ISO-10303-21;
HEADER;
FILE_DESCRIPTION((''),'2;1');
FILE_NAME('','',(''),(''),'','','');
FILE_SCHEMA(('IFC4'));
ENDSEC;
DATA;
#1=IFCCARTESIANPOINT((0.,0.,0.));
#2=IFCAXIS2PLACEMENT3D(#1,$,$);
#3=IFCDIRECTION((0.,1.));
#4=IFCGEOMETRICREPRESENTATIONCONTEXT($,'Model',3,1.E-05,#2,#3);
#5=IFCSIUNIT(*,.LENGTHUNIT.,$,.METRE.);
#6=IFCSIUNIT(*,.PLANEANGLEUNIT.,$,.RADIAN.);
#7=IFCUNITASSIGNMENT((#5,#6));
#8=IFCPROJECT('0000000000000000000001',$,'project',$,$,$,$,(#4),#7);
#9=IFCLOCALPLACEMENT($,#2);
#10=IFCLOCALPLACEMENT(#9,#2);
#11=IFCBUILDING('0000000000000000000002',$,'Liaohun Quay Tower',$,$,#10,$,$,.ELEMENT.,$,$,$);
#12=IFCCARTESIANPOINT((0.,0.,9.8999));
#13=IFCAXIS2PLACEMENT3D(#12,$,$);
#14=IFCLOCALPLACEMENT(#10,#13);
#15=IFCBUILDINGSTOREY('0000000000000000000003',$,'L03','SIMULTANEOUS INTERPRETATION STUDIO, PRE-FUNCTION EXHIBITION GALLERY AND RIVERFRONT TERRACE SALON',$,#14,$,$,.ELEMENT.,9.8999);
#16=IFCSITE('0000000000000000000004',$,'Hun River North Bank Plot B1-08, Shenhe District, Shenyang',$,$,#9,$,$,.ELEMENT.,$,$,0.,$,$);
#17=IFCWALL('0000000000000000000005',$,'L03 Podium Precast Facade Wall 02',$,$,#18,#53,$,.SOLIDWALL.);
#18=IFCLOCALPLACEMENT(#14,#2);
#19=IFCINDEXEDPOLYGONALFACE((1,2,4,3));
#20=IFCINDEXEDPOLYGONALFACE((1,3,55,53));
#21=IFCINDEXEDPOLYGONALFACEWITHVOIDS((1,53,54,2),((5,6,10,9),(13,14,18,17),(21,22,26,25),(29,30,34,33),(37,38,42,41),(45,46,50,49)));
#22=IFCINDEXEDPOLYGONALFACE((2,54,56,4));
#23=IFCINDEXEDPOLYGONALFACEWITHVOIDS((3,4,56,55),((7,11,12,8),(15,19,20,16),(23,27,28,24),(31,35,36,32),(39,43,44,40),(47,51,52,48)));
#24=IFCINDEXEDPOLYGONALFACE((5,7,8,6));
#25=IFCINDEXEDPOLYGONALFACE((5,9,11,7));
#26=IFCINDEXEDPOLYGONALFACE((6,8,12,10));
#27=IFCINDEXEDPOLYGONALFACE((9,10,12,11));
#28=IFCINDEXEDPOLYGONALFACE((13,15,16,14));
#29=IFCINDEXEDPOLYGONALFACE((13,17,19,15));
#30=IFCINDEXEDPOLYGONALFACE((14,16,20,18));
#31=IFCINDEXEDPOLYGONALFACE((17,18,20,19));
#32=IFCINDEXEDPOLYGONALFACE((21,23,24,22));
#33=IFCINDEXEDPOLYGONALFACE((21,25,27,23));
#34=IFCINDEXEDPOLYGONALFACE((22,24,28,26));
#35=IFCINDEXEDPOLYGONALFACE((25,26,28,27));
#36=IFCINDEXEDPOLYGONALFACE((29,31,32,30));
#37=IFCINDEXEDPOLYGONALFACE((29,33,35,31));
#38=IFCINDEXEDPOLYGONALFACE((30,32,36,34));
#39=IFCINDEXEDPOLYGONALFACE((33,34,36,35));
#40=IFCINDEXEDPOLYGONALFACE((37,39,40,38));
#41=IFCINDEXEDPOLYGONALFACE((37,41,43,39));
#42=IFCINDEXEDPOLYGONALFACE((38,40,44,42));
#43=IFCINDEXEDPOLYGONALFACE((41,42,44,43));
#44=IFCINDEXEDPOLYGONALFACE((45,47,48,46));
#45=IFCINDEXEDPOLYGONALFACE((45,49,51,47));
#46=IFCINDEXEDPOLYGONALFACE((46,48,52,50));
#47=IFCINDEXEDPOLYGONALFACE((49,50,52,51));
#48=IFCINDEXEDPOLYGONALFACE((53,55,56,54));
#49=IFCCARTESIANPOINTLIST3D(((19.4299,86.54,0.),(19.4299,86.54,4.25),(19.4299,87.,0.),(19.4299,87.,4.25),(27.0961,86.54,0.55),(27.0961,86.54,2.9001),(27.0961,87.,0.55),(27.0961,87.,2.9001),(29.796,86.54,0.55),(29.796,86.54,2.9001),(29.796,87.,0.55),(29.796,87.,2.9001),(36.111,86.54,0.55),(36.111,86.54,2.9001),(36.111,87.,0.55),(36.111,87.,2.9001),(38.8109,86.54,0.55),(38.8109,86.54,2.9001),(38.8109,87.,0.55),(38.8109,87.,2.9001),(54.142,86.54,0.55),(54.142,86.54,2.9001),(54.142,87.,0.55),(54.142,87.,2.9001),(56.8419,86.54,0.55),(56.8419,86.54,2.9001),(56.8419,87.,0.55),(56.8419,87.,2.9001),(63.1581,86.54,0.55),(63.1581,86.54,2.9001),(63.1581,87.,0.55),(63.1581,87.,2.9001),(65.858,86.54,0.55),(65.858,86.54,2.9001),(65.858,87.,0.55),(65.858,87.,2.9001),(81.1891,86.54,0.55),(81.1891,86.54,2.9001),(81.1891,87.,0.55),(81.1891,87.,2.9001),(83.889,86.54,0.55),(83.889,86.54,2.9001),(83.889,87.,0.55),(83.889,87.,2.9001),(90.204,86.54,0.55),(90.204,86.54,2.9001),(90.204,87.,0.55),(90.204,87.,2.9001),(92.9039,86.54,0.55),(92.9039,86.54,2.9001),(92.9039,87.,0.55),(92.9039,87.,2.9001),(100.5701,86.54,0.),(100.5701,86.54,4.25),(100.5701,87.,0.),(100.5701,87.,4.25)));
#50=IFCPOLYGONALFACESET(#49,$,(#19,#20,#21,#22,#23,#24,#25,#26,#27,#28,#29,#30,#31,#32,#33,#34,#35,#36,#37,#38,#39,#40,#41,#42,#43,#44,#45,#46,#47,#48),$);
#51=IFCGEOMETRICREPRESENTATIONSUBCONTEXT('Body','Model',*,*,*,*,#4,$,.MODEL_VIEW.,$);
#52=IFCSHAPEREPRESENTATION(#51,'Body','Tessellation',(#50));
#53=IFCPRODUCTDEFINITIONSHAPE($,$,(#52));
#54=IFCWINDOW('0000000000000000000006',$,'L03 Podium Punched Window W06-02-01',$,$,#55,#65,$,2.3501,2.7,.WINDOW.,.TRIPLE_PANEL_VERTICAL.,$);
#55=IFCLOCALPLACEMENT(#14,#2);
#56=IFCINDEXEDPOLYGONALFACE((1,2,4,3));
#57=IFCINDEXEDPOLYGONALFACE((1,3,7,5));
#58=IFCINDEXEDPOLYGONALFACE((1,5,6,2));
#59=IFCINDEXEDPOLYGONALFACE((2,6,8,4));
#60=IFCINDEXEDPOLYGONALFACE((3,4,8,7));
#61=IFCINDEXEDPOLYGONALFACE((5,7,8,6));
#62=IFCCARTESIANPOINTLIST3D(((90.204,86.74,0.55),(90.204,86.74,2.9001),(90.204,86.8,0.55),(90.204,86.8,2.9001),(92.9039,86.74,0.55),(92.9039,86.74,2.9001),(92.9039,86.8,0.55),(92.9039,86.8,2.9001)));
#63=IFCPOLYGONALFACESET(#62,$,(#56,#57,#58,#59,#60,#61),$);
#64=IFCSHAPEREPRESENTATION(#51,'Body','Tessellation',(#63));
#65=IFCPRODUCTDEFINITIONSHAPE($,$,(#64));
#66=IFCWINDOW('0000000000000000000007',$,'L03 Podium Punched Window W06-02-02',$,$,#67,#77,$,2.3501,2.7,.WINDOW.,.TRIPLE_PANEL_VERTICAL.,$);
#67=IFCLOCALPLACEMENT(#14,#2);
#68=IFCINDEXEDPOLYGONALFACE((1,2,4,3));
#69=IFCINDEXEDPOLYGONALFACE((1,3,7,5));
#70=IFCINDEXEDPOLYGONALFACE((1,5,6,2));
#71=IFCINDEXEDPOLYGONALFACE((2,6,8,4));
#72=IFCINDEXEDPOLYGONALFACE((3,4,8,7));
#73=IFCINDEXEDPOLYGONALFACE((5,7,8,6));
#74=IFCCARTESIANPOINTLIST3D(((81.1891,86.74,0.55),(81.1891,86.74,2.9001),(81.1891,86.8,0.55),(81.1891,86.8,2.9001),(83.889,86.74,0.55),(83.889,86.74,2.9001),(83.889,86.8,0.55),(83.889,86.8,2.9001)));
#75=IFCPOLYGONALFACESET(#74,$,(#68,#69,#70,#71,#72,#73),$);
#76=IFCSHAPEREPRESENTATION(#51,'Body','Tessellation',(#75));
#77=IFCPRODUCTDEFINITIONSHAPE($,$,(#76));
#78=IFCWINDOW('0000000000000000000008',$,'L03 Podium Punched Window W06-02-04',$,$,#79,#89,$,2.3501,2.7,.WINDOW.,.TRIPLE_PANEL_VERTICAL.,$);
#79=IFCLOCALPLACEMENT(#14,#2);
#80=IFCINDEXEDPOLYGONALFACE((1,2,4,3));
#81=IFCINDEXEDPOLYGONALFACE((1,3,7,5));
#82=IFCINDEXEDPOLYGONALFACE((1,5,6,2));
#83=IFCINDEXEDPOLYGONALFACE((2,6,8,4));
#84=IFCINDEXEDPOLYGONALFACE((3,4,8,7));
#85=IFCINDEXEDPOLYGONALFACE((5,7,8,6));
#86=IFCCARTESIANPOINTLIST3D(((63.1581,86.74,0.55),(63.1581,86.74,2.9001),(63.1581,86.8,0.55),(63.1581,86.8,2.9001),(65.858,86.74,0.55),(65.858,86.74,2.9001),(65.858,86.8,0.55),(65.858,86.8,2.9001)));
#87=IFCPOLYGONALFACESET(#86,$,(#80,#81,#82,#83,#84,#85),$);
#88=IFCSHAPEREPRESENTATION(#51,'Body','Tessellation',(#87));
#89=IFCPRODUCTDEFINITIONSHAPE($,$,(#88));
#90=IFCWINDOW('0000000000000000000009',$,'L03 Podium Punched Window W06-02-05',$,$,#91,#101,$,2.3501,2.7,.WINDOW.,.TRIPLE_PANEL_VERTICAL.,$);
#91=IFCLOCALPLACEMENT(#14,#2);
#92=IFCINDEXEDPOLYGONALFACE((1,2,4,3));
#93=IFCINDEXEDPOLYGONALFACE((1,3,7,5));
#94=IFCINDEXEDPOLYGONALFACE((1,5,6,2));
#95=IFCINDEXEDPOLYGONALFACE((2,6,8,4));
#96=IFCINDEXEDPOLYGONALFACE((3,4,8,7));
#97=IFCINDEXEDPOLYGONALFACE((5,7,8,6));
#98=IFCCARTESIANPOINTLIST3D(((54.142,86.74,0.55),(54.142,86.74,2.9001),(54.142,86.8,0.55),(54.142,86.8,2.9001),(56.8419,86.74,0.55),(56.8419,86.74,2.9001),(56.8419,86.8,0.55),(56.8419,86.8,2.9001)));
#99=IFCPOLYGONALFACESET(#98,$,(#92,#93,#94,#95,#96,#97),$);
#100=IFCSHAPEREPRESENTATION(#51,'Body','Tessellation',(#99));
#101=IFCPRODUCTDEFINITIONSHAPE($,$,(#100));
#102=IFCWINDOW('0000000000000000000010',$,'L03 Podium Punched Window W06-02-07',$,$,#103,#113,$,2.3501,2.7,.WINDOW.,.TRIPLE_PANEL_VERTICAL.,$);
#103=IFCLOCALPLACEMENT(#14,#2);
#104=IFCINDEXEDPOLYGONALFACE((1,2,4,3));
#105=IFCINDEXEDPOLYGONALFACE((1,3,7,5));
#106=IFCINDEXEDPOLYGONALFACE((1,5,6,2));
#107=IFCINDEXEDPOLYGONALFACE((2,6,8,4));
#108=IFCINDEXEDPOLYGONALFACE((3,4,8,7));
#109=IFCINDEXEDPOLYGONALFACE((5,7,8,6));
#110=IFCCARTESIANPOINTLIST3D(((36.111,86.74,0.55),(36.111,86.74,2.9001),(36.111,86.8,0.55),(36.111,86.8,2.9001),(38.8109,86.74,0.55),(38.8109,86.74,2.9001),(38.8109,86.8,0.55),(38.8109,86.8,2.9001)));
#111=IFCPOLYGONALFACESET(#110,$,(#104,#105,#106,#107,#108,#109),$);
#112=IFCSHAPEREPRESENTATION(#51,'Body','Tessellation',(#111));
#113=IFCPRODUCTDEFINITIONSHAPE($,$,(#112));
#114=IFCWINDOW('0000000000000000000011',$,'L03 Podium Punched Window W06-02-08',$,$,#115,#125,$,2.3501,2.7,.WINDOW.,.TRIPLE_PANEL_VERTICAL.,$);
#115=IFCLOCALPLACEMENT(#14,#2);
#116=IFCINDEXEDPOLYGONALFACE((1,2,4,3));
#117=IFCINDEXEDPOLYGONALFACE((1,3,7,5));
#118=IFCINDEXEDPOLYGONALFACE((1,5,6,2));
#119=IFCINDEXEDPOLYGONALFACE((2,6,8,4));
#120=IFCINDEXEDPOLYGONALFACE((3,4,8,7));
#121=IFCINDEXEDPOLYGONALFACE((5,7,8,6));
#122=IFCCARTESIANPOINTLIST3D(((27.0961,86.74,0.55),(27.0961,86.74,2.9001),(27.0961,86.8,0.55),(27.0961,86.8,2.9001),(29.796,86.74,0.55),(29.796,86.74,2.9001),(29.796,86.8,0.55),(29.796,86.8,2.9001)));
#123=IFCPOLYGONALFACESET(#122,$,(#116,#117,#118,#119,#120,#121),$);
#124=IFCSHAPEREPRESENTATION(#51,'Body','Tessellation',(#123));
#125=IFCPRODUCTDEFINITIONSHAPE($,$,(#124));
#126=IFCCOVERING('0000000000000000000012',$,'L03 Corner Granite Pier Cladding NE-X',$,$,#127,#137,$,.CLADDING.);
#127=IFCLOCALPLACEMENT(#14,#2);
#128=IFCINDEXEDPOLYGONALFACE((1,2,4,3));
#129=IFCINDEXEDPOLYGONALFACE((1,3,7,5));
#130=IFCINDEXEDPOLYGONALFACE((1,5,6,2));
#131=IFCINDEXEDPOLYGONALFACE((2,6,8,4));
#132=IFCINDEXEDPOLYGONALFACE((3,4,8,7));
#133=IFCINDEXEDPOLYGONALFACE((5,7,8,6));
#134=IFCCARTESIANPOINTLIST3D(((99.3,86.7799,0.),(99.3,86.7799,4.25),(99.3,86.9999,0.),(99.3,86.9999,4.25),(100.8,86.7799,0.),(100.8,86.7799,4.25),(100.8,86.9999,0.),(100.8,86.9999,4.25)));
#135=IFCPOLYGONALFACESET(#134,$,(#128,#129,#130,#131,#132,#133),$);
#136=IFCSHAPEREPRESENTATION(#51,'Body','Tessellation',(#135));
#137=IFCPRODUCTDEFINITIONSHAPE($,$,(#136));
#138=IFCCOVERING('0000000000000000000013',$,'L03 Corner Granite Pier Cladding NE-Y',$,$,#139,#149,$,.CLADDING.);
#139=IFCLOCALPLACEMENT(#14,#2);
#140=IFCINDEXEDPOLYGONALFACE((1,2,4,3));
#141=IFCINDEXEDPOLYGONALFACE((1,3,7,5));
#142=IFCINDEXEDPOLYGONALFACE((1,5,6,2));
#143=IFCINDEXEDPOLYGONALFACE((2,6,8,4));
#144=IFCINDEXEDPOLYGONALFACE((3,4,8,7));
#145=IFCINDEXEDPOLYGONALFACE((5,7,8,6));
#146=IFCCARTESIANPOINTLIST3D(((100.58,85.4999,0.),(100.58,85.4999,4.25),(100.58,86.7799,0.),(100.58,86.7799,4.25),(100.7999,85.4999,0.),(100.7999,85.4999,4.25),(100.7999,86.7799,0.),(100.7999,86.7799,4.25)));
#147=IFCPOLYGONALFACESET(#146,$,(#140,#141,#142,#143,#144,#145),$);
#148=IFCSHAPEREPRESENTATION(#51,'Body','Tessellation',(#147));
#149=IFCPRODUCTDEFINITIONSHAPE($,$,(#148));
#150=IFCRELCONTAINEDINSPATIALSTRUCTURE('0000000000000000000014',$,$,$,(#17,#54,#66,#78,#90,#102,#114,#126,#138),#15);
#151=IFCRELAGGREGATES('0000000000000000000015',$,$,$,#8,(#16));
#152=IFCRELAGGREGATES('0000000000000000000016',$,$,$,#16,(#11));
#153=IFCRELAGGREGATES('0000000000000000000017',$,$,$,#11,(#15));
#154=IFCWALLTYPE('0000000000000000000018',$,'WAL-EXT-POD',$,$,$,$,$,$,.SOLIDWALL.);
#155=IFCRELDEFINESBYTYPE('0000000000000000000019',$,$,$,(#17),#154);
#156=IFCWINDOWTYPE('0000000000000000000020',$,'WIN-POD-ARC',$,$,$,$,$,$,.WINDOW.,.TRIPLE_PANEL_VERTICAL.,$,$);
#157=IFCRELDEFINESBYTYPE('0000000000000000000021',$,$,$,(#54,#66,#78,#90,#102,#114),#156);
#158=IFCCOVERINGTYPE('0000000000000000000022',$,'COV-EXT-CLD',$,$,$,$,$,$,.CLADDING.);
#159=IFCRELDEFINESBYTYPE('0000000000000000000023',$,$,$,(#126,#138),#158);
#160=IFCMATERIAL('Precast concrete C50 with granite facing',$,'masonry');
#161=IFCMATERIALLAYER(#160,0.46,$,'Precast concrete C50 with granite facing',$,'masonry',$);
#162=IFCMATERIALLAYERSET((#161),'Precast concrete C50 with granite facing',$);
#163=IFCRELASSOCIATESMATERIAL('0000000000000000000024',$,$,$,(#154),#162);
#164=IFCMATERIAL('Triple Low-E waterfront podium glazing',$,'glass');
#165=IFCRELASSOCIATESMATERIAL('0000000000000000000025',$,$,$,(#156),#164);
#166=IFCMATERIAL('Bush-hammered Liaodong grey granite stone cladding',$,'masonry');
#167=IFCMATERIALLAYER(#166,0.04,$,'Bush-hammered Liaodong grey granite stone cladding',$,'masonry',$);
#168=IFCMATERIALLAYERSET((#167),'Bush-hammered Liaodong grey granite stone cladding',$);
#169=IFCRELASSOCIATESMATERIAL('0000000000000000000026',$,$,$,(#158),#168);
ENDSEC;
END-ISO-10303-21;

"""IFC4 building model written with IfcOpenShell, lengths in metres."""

from ifc_helpers import new_model, si_unit, direction, frame, frame_2d, origin, origin_2d, place, context, subcontext, project, spatial, rectangle, extrude, source, transform, mapped, material, layer, layer_set, type_object, element, fill, save


model = new_model("IFC4")

# Units and contexts
model_context = context("Model", 3, precision=1e-05, world=origin(), true_north=direction((0.0, 1.0)))
body_context = subcontext(model_context, "Body", "Model", "MODEL_VIEW")
ifc_project = project(units=[si_unit("LENGTHUNIT", "METRE"), si_unit("PLANEANGLEUNIT", "RADIAN")], contexts=[model_context])

# Site, building, storey
site_placement = place(None, origin())
site = spatial("IfcSite", under=ifc_project, at=site_placement, Name="Hun River North Bank Plot B1-08, Shenhe District, Shenyang", CompositionType="ELEMENT", RefElevation=0.0)
building_placement = place(site_placement, origin())
building = spatial("IfcBuilding", under=site, at=building_placement, Name="Liaohun Quay Tower", CompositionType="ELEMENT")
storey_placement = place(building_placement, frame((0.0, 0.0, 9.8999)))
storey = spatial("IfcBuildingStorey", under=building, at=storey_placement, Name="L03", Description="SIMULTANEOUS INTERPRETATION STUDIO, PRE-FUNCTION EXHIBITION GALLERY AND RIVERFRONT TERRACE SALON", CompositionType="ELEMENT", Elevation=9.8999)

# Wall, openings, windows
ifc_material_1 = material(Name="Precast concrete C50 with granite facing", Category="masonry")
ifc_layer_1 = layer(ifc_material_1, 0.46, Name="Precast concrete C50 with granite facing", Category="masonry")
ifc_layer_set_1 = layer_set([ifc_layer_1], Name="Precast concrete C50 with granite facing")
wall_type = type_object("IfcWallType", Name="WAL-EXT-POD", PredefinedType="SOLIDWALL", material=ifc_layer_set_1)
wall_placement = place(storey_placement, frame((100.5701, 86.77, 0.0), z_axis=(0.0, 0.0, 1.0), x_axis=(-1.0, 0.0, 0.0)))
wall = element("IfcWall", 1, at=wall_placement, inside=storey, type_object=wall_type, Name="L03 Podium Precast Facade Wall 02", PredefinedType="SOLIDWALL", context=body_context, shape_type="SweptSolid", body=[
    extrude(rectangle(XDim=81.1401, YDim=0.46, at=frame_2d((40.5701, 0.0))), origin(), (0.0, 0.0, 1.0), 4.25),
])
shared_shape_1 = source(origin(), body_context, "Body", "SweptSolid", [
    extrude(rectangle(XDim=2.7, YDim=2.3501, at=frame_2d((1.3501, 1.175))), frame((0.0, 0.24, 0.0), z_axis=(0.0, -1.0, 0.0), x_axis=(1.0, 0.0, 0.0)), (0.0, 0.0, 1.0), 0.48),
])
opening_1_placement = place(wall_placement, frame((7.666, 0.0, 0.55)))
opening_1 = element("IfcOpeningElement", 2, at=opening_1_placement, cuts=wall, PredefinedType="OPENING", context=body_context, shape_type="MappedRepresentation", body=[
    mapped(shared_shape_1, transform((0.0, 0.0, 0.0), x_axis=(1.0, 0.0, 0.0), y_axis=(0.0, 1.0, 0.0), z_axis=(0.0, 0.0, 1.0), scale=1.0)),
])
opening_2_placement = place(wall_placement, frame((16.6809, 0.0, 0.55)))
opening_2 = element("IfcOpeningElement", 3, at=opening_2_placement, cuts=wall, PredefinedType="OPENING", context=body_context, shape_type="MappedRepresentation", body=[
    mapped(shared_shape_1, transform((0.0, 0.0, 0.0), x_axis=(1.0, 0.0, 0.0), y_axis=(0.0, 1.0, 0.0), z_axis=(0.0, 0.0, 1.0), scale=1.0)),
])
opening_3_placement = place(wall_placement, frame((34.7119, 0.0, 0.55)))
opening_3 = element("IfcOpeningElement", 4, at=opening_3_placement, cuts=wall, PredefinedType="OPENING", context=body_context, shape_type="MappedRepresentation", body=[
    mapped(shared_shape_1, transform((0.0, 0.0, 0.0), x_axis=(1.0, 0.0, 0.0), y_axis=(0.0, 1.0, 0.0), z_axis=(0.0, 0.0, 1.0), scale=1.0)),
])
opening_4_placement = place(wall_placement, frame((43.728, 0.0, 0.55)))
opening_4 = element("IfcOpeningElement", 5, at=opening_4_placement, cuts=wall, PredefinedType="OPENING", context=body_context, shape_type="MappedRepresentation", body=[
    mapped(shared_shape_1, transform((0.0, 0.0, 0.0), x_axis=(1.0, 0.0, 0.0), y_axis=(0.0, 1.0, 0.0), z_axis=(0.0, 0.0, 1.0), scale=1.0)),
])
opening_5_placement = place(wall_placement, frame((61.759, 0.0, 0.55)))
opening_5 = element("IfcOpeningElement", 6, at=opening_5_placement, cuts=wall, PredefinedType="OPENING", context=body_context, shape_type="MappedRepresentation", body=[
    mapped(shared_shape_1, transform((0.0, 0.0, 0.0), x_axis=(1.0, 0.0, 0.0), y_axis=(0.0, 1.0, 0.0), z_axis=(0.0, 0.0, 1.0), scale=1.0)),
])
opening_6_placement = place(wall_placement, frame((70.7739, 0.0, 0.55)))
opening_6 = element("IfcOpeningElement", 7, at=opening_6_placement, cuts=wall, PredefinedType="OPENING", context=body_context, shape_type="MappedRepresentation", body=[
    mapped(shared_shape_1, transform((0.0, 0.0, 0.0), x_axis=(1.0, 0.0, 0.0), y_axis=(0.0, 1.0, 0.0), z_axis=(0.0, 0.0, 1.0), scale=1.0)),
])
ifc_material_2 = material(Name="Triple Low-E waterfront podium glazing", Category="glass")
window_type = type_object("IfcWindowType", Name="WIN-POD-ARC", PartitioningType="TRIPLE_PANEL_VERTICAL", PredefinedType="WINDOW", material=ifc_material_2)
shared_shape_2 = source(origin(), body_context, "Body", "SweptSolid", [
    extrude(rectangle(XDim=2.7, YDim=2.3501, at=frame_2d((1.3501, 1.175))), frame((0.0, 0.03, 0.0), z_axis=(0.0, -1.0, 0.0), x_axis=(1.0, 0.0, 0.0)), (0.0, 0.0, 1.0), 0.0601),
])
window_1_placement = place(opening_1_placement, origin())
window_1 = element("IfcWindow", 8, at=window_1_placement, inside=storey, type_object=window_type, Name="L03 Podium Punched Window W06-02-01", OverallHeight=2.3501, OverallWidth=2.7, PartitioningType="TRIPLE_PANEL_VERTICAL", PredefinedType="WINDOW", context=body_context, shape_type="MappedRepresentation", body=[
    mapped(shared_shape_2, transform((0.0, 0.0, 0.0), x_axis=(1.0, 0.0, 0.0), y_axis=(0.0, 1.0, 0.0), z_axis=(0.0, 0.0, 1.0), scale=1.0)),
])
fill(opening_1, window_1)
window_2_placement = place(opening_2_placement, origin())
window_2 = element("IfcWindow", 9, at=window_2_placement, inside=storey, type_object=window_type, Name="L03 Podium Punched Window W06-02-02", OverallHeight=2.3501, OverallWidth=2.7, PartitioningType="TRIPLE_PANEL_VERTICAL", PredefinedType="WINDOW", context=body_context, shape_type="MappedRepresentation", body=[
    mapped(shared_shape_2, transform((0.0, 0.0, 0.0), x_axis=(1.0, 0.0, 0.0), y_axis=(0.0, 1.0, 0.0), z_axis=(0.0, 0.0, 1.0), scale=1.0)),
])
fill(opening_2, window_2)
window_3_placement = place(opening_3_placement, origin())
window_3 = element("IfcWindow", 10, at=window_3_placement, inside=storey, type_object=window_type, Name="L03 Podium Punched Window W06-02-04", OverallHeight=2.3501, OverallWidth=2.7, PartitioningType="TRIPLE_PANEL_VERTICAL", PredefinedType="WINDOW", context=body_context, shape_type="MappedRepresentation", body=[
    mapped(shared_shape_2, transform((0.0, 0.0, 0.0), x_axis=(1.0, 0.0, 0.0), y_axis=(0.0, 1.0, 0.0), z_axis=(0.0, 0.0, 1.0), scale=1.0)),
])
fill(opening_3, window_3)
window_4_placement = place(opening_4_placement, origin())
window_4 = element("IfcWindow", 11, at=window_4_placement, inside=storey, type_object=window_type, Name="L03 Podium Punched Window W06-02-05", OverallHeight=2.3501, OverallWidth=2.7, PartitioningType="TRIPLE_PANEL_VERTICAL", PredefinedType="WINDOW", context=body_context, shape_type="MappedRepresentation", body=[
    mapped(shared_shape_2, transform((0.0, 0.0, 0.0), x_axis=(1.0, 0.0, 0.0), y_axis=(0.0, 1.0, 0.0), z_axis=(0.0, 0.0, 1.0), scale=1.0)),
])
fill(opening_4, window_4)
window_5_placement = place(opening_5_placement, origin())
window_5 = element("IfcWindow", 12, at=window_5_placement, inside=storey, type_object=window_type, Name="L03 Podium Punched Window W06-02-07", OverallHeight=2.3501, OverallWidth=2.7, PartitioningType="TRIPLE_PANEL_VERTICAL", PredefinedType="WINDOW", context=body_context, shape_type="MappedRepresentation", body=[
    mapped(shared_shape_2, transform((0.0, 0.0, 0.0), x_axis=(1.0, 0.0, 0.0), y_axis=(0.0, 1.0, 0.0), z_axis=(0.0, 0.0, 1.0), scale=1.0)),
])
fill(opening_5, window_5)
window_6_placement = place(opening_6_placement, origin())
window_6 = element("IfcWindow", 13, at=window_6_placement, inside=storey, type_object=window_type, Name="L03 Podium Punched Window W06-02-08", OverallHeight=2.3501, OverallWidth=2.7, PartitioningType="TRIPLE_PANEL_VERTICAL", PredefinedType="WINDOW", context=body_context, shape_type="MappedRepresentation", body=[
    mapped(shared_shape_2, transform((0.0, 0.0, 0.0), x_axis=(1.0, 0.0, 0.0), y_axis=(0.0, 1.0, 0.0), z_axis=(0.0, 0.0, 1.0), scale=1.0)),
])
fill(opening_6, window_6)

# Coverings
ifc_material_3 = material(Name="Bush-hammered Liaodong grey granite stone cladding", Category="masonry")
ifc_layer_2 = layer(ifc_material_3, 0.04, Name="Bush-hammered Liaodong grey granite stone cladding", Category="masonry")
ifc_layer_set_2 = layer_set([ifc_layer_2], Name="Bush-hammered Liaodong grey granite stone cladding")
covering_type = type_object("IfcCoveringType", Name="COV-EXT-CLD", PredefinedType="CLADDING", material=ifc_layer_set_2)
shared_shape_3 = source(origin(), body_context, "Body", "SweptSolid", [
    extrude(rectangle(XDim=1.5, YDim=0.22, at=origin_2d()), origin(), (0.0, 0.0, 1.0), 4.25),
])
covering_1_placement = place(storey_placement, frame((100.05, 86.8899, 0.0), z_axis=(0.0, 0.0, 1.0), x_axis=(1.0, 0.0, 0.0)))
element("IfcCovering", 14, at=covering_1_placement, inside=storey, type_object=covering_type, Name="L03 Corner Granite Pier Cladding NE-X", PredefinedType="CLADDING", context=body_context, shape_type="MappedRepresentation", body=[
    mapped(shared_shape_3, transform((0.0, 0.0, 0.0), x_axis=(1.0, 0.0, 0.0), y_axis=(0.0, 1.0, 0.0), z_axis=(0.0, 0.0, 1.0), scale=1.0)),
])
shared_shape_4 = source(origin(), body_context, "Body", "SweptSolid", [
    extrude(rectangle(XDim=0.22, YDim=1.28, at=origin_2d()), origin(), (0.0, 0.0, 1.0), 4.25),
])
covering_2_placement = place(storey_placement, frame((100.6899, 86.1399, 0.0), z_axis=(0.0, 0.0, 1.0), x_axis=(1.0, 0.0, 0.0)))
element("IfcCovering", 15, at=covering_2_placement, inside=storey, type_object=covering_type, Name="L03 Corner Granite Pier Cladding NE-Y", PredefinedType="CLADDING", context=body_context, shape_type="MappedRepresentation", body=[
    mapped(shared_shape_4, transform((0.0, 0.0, 0.0), x_axis=(1.0, 0.0, 0.0), y_axis=(0.0, 1.0, 0.0), z_axis=(0.0, 0.0, 1.0), scale=1.0)),
])

save(model, "model.ifc")
